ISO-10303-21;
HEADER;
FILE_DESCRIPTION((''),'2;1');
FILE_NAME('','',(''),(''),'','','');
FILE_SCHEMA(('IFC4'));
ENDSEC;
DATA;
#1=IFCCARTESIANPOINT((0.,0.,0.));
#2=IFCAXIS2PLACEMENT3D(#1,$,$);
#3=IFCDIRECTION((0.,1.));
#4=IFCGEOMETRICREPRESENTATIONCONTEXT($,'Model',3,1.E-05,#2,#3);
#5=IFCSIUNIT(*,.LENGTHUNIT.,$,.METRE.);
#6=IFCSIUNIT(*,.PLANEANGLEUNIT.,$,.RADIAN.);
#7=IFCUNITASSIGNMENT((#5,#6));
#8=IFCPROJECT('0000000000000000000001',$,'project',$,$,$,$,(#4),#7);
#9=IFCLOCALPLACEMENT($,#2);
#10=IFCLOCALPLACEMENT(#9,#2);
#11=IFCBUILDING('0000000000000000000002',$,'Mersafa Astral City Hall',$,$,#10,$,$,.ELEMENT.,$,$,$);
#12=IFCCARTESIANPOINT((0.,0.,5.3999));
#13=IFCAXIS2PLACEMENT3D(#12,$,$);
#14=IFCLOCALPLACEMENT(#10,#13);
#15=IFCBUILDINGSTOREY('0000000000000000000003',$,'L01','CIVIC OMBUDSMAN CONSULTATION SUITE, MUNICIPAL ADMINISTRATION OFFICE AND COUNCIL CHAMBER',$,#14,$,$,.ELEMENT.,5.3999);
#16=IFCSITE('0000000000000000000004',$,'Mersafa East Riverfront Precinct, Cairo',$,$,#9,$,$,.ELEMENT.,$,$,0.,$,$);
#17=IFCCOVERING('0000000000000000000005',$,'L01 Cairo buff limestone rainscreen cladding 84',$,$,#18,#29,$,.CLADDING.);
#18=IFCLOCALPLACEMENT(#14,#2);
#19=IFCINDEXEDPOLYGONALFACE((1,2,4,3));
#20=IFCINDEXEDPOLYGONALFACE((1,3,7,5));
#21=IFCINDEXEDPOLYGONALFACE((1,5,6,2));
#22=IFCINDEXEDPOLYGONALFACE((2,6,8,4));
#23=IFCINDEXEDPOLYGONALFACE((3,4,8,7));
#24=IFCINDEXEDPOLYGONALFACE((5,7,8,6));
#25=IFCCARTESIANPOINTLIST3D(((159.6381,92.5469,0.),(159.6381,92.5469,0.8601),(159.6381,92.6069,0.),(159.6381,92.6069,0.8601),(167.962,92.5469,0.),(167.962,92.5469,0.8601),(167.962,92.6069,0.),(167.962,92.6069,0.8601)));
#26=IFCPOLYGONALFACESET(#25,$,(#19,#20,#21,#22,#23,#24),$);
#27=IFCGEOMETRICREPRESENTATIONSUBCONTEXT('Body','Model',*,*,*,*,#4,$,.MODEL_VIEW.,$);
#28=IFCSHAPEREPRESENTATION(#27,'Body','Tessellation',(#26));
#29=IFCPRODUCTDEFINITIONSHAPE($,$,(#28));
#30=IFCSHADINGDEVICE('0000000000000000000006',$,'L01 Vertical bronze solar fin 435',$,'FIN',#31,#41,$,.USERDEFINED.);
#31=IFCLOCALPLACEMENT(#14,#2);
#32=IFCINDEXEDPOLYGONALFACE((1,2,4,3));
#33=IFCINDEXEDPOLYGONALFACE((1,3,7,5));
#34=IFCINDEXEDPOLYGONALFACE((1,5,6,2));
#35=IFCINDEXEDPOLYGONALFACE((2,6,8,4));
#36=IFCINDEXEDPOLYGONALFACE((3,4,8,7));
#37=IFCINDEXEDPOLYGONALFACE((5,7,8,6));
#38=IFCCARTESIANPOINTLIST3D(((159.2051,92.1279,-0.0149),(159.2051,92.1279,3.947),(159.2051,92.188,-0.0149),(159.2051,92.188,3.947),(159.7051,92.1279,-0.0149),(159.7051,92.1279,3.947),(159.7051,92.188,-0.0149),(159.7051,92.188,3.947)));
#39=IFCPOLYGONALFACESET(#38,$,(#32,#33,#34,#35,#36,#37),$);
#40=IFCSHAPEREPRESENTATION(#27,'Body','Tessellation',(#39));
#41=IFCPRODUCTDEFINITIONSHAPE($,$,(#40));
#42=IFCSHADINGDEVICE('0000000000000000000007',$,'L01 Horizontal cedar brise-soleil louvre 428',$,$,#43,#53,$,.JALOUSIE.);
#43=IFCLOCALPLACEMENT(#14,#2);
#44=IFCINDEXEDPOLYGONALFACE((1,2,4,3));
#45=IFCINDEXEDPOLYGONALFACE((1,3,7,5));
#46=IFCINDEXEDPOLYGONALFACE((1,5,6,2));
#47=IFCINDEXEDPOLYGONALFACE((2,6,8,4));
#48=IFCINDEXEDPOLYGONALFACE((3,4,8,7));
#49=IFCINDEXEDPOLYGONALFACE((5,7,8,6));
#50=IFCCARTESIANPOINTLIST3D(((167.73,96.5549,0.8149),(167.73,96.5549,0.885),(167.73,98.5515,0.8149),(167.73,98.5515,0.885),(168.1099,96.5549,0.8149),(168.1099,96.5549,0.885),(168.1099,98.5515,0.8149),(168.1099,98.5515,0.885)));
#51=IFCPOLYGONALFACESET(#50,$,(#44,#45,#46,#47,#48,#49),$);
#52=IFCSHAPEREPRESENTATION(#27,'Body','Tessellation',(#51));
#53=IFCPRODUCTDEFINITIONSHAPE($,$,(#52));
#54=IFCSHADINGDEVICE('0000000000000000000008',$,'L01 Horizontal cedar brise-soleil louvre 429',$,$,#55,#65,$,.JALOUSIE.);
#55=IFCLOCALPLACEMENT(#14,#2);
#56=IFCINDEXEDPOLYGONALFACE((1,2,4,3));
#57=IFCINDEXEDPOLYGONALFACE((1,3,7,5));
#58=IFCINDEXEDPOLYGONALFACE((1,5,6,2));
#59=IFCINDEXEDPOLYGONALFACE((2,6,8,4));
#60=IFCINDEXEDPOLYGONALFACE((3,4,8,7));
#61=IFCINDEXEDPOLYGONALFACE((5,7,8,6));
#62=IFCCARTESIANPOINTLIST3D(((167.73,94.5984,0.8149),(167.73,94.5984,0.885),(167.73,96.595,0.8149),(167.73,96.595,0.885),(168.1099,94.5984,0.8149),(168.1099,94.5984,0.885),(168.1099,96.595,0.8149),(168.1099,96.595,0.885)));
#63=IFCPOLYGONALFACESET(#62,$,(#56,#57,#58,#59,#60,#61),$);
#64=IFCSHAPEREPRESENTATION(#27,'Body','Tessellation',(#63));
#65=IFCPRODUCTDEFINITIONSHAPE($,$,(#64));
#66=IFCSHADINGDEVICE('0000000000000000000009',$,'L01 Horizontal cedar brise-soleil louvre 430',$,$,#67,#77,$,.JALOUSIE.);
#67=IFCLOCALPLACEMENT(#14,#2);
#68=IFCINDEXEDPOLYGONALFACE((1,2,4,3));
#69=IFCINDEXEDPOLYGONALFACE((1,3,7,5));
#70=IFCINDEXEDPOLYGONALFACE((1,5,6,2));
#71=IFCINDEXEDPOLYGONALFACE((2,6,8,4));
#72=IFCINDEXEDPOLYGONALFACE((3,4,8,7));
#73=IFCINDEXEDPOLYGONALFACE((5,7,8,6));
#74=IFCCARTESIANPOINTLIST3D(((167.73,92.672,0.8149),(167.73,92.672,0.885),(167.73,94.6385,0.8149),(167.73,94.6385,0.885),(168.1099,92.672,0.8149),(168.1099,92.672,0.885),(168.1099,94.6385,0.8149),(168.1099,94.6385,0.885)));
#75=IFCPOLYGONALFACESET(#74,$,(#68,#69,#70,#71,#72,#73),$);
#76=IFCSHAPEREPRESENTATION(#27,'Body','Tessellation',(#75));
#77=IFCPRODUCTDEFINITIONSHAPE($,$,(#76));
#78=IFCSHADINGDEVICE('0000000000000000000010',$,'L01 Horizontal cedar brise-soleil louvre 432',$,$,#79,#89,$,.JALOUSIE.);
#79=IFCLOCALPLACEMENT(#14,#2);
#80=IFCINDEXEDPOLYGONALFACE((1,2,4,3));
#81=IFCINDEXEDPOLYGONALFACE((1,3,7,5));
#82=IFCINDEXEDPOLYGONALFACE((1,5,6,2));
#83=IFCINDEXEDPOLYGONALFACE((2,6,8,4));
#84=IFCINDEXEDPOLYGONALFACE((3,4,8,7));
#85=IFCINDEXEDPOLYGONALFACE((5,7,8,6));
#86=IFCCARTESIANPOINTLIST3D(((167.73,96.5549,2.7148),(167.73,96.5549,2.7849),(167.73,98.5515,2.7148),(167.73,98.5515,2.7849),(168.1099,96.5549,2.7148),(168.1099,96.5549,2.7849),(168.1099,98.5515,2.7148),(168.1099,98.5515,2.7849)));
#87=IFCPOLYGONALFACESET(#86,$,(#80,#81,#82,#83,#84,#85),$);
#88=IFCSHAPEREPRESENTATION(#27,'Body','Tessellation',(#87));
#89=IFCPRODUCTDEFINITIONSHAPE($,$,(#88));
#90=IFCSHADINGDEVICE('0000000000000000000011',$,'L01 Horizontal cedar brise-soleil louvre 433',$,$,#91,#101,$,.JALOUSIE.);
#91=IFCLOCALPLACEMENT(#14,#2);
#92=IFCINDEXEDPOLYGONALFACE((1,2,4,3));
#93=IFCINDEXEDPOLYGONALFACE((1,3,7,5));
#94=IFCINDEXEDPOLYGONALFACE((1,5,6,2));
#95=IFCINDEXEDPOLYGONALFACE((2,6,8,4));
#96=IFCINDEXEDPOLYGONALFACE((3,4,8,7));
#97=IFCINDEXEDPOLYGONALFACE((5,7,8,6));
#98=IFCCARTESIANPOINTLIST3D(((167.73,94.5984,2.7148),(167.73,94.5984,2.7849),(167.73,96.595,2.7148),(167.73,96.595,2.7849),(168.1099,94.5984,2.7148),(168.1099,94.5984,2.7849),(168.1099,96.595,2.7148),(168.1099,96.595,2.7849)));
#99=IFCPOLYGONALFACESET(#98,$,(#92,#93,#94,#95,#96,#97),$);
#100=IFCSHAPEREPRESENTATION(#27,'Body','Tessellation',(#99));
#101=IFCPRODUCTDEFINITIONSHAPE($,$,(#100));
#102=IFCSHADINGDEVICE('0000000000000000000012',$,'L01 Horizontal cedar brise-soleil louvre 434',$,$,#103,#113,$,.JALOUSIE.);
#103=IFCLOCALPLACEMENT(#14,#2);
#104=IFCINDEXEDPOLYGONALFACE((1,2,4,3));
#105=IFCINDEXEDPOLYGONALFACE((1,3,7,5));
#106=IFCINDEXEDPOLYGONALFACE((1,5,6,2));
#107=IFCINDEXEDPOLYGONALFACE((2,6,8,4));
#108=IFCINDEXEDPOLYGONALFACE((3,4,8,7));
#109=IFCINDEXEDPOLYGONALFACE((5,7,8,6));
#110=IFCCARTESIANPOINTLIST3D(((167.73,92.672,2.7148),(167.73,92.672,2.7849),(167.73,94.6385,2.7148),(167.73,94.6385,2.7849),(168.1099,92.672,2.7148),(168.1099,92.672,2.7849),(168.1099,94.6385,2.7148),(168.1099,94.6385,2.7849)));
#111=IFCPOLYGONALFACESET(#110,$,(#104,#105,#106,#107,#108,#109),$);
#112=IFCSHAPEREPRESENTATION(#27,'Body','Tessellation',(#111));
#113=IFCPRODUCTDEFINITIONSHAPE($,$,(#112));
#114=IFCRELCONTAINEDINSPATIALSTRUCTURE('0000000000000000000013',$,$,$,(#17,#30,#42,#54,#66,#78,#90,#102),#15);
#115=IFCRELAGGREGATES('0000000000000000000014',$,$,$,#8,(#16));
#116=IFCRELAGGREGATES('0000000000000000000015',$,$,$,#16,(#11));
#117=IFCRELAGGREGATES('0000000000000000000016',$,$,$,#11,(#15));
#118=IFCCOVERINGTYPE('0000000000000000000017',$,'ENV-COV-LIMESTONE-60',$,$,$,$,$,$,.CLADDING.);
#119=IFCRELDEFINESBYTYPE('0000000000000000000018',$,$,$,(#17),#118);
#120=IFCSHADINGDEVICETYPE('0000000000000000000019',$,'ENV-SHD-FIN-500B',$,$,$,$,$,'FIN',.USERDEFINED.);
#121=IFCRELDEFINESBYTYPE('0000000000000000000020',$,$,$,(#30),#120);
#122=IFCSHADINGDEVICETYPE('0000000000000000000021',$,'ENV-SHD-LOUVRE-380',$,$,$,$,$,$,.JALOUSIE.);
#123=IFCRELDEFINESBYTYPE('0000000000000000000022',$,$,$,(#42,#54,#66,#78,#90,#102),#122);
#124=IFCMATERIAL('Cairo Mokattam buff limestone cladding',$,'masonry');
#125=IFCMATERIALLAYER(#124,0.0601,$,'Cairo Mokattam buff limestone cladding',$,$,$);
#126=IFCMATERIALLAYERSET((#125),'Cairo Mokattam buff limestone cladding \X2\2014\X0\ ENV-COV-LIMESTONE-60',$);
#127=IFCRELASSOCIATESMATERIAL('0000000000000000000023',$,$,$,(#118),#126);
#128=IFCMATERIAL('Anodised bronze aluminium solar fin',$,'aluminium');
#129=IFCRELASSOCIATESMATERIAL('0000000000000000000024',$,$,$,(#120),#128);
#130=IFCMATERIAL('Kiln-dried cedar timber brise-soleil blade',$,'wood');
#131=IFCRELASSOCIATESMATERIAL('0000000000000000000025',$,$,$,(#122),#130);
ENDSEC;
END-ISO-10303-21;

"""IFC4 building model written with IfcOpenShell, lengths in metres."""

from ifc_helpers import new_model, si_unit, direction, frame, origin, origin_2d, place, context, subcontext, project, spatial, rectangle, extrude, material, layer, layer_set, type_object, element, save


model = new_model("IFC4")

# Units and contexts
model_context = context("Model", 3, precision=1e-05, world=origin(), true_north=direction((0.0, 1.0)))
body_context = subcontext(model_context, "Body", "Model", "MODEL_VIEW")
ifc_project = project(units=[si_unit("LENGTHUNIT", "METRE"), si_unit("PLANEANGLEUNIT", "RADIAN")], contexts=[model_context])

# Site, building, storey
site_placement = place(None, origin())
site = spatial("IfcSite", under=ifc_project, at=site_placement, Name="Mersafa East Riverfront Precinct, Cairo", CompositionType="ELEMENT", RefElevation=0.0)
building_placement = place(site_placement, origin())
building = spatial("IfcBuilding", under=site, at=building_placement, Name="Mersafa Astral City Hall", CompositionType="ELEMENT")
storey_placement = place(building_placement, frame((0.0, 0.0, 5.3999)))
storey = spatial("IfcBuildingStorey", under=building, at=storey_placement, Name="L01", Description="CIVIC OMBUDSMAN CONSULTATION SUITE, MUNICIPAL ADMINISTRATION OFFICE AND COUNCIL CHAMBER", CompositionType="ELEMENT", Elevation=5.3999)

# Covering
ifc_material_1 = material(Name="Cairo Mokattam buff limestone cladding", Category="masonry")
ifc_layer_1 = layer(ifc_material_1, 0.0601, Name="Cairo Mokattam buff limestone cladding")
ifc_layer_set_1 = layer_set([ifc_layer_1], Name="Cairo Mokattam buff limestone cladding — ENV-COV-LIMESTONE-60")
covering_type = type_object("IfcCoveringType", Name="ENV-COV-LIMESTONE-60", PredefinedType="CLADDING", material=ifc_layer_set_1)
covering_placement = place(storey_placement, frame((163.8, 92.5769, 0.0), z_axis=(0.0, 0.0, 1.0), x_axis=(-1.0, 0.0, 0.0)))
element("IfcCovering", 1, at=covering_placement, inside=storey, type_object=covering_type, Name="L01 Cairo buff limestone rainscreen cladding 84", PredefinedType="CLADDING", context=body_context, shape_type="SweptSolid", body=[
    extrude(rectangle(XDim=8.324, YDim=0.0601, at=origin_2d()), origin(), (0.0, 0.0, 1.0), 0.8601),
])

# Shading devices
ifc_material_2 = material(Name="Anodised bronze aluminium solar fin", Category="aluminium")
shading_device_type_1 = type_object("IfcShadingDeviceType", Name="ENV-SHD-FIN-500B", ElementType="FIN", PredefinedType="USERDEFINED", material=ifc_material_2)
shading_device_1_placement = place(storey_placement, frame((159.4551, 92.158, -0.0149), z_axis=(0.0, 0.0, 1.0), x_axis=(0.0, -1.0, 0.0)))
element("IfcShadingDevice", 2, at=shading_device_1_placement, inside=storey, type_object=shading_device_type_1, Name="L01 Vertical bronze solar fin 435", ObjectType="FIN", PredefinedType="USERDEFINED", context=body_context, shape_type="SweptSolid", body=[
    extrude(rectangle(XDim=0.0601, YDim=0.5, at=origin_2d()), origin(), (0.0, 0.0, 1.0), 3.9619),
])
ifc_material_3 = material(Name="Kiln-dried cedar timber brise-soleil blade", Category="wood")
shading_device_type_2 = type_object("IfcShadingDeviceType", Name="ENV-SHD-LOUVRE-380", PredefinedType="JALOUSIE", material=ifc_material_3)
for number, where, z_axis, x_axis, name in (
    (3, (167.9199, 97.5532, 0.8149), (0.0, 0.0, 1.0), (0.0, -1.0, 0.0), "L01 Horizontal cedar brise-soleil louvre 428"),
    (4, (167.9199, 95.5967, 0.8149), (0.0, 0.0, 1.0), (0.0, -1.0, 0.0), "L01 Horizontal cedar brise-soleil louvre 429"),
):
    element("IfcShadingDevice", number, at=place(storey_placement, frame(where, z_axis=z_axis, x_axis=x_axis)), inside=storey, type_object=shading_device_type_2, Name=name, PredefinedType="JALOUSIE", context=body_context, shape_type="SweptSolid", body=[
        extrude(rectangle(XDim=1.9966, YDim=0.3799, at=origin_2d()), origin(), (0.0, 0.0, 1.0), 0.0701),
    ])
shading_device_2_placement = place(storey_placement, frame((167.9199, 93.6553, 0.8149), z_axis=(0.0, 0.0, 1.0), x_axis=(0.0, -1.0, 0.0)))
element("IfcShadingDevice", 5, at=shading_device_2_placement, inside=storey, type_object=shading_device_type_2, Name="L01 Horizontal cedar brise-soleil louvre 430", PredefinedType="JALOUSIE", context=body_context, shape_type="SweptSolid", body=[
    extrude(rectangle(XDim=1.9666, YDim=0.3799, at=origin_2d()), origin(), (0.0, 0.0, 1.0), 0.0701),
])
for number, where, z_axis, x_axis, name in (
    (6, (167.9199, 97.5532, 2.7148), (0.0, 0.0, 1.0), (0.0, -1.0, 0.0), "L01 Horizontal cedar brise-soleil louvre 432"),
    (7, (167.9199, 95.5967, 2.7148), (0.0, 0.0, 1.0), (0.0, -1.0, 0.0), "L01 Horizontal cedar brise-soleil louvre 433"),
):
    element("IfcShadingDevice", number, at=place(storey_placement, frame(where, z_axis=z_axis, x_axis=x_axis)), inside=storey, type_object=shading_device_type_2, Name=name, PredefinedType="JALOUSIE", context=body_context, shape_type="SweptSolid", body=[
        extrude(rectangle(XDim=1.9966, YDim=0.3799, at=origin_2d()), origin(), (0.0, 0.0, 1.0), 0.0701),
    ])
shading_device_3_placement = place(storey_placement, frame((167.9199, 93.6553, 2.7148), z_axis=(0.0, 0.0, 1.0), x_axis=(0.0, -1.0, 0.0)))
element("IfcShadingDevice", 8, at=shading_device_3_placement, inside=storey, type_object=shading_device_type_2, Name="L01 Horizontal cedar brise-soleil louvre 434", PredefinedType="JALOUSIE", context=body_context, shape_type="SweptSolid", body=[
    extrude(rectangle(XDim=1.9666, YDim=0.3799, at=origin_2d()), origin(), (0.0, 0.0, 1.0), 0.0701),
])

save(model, "model.ifc")
